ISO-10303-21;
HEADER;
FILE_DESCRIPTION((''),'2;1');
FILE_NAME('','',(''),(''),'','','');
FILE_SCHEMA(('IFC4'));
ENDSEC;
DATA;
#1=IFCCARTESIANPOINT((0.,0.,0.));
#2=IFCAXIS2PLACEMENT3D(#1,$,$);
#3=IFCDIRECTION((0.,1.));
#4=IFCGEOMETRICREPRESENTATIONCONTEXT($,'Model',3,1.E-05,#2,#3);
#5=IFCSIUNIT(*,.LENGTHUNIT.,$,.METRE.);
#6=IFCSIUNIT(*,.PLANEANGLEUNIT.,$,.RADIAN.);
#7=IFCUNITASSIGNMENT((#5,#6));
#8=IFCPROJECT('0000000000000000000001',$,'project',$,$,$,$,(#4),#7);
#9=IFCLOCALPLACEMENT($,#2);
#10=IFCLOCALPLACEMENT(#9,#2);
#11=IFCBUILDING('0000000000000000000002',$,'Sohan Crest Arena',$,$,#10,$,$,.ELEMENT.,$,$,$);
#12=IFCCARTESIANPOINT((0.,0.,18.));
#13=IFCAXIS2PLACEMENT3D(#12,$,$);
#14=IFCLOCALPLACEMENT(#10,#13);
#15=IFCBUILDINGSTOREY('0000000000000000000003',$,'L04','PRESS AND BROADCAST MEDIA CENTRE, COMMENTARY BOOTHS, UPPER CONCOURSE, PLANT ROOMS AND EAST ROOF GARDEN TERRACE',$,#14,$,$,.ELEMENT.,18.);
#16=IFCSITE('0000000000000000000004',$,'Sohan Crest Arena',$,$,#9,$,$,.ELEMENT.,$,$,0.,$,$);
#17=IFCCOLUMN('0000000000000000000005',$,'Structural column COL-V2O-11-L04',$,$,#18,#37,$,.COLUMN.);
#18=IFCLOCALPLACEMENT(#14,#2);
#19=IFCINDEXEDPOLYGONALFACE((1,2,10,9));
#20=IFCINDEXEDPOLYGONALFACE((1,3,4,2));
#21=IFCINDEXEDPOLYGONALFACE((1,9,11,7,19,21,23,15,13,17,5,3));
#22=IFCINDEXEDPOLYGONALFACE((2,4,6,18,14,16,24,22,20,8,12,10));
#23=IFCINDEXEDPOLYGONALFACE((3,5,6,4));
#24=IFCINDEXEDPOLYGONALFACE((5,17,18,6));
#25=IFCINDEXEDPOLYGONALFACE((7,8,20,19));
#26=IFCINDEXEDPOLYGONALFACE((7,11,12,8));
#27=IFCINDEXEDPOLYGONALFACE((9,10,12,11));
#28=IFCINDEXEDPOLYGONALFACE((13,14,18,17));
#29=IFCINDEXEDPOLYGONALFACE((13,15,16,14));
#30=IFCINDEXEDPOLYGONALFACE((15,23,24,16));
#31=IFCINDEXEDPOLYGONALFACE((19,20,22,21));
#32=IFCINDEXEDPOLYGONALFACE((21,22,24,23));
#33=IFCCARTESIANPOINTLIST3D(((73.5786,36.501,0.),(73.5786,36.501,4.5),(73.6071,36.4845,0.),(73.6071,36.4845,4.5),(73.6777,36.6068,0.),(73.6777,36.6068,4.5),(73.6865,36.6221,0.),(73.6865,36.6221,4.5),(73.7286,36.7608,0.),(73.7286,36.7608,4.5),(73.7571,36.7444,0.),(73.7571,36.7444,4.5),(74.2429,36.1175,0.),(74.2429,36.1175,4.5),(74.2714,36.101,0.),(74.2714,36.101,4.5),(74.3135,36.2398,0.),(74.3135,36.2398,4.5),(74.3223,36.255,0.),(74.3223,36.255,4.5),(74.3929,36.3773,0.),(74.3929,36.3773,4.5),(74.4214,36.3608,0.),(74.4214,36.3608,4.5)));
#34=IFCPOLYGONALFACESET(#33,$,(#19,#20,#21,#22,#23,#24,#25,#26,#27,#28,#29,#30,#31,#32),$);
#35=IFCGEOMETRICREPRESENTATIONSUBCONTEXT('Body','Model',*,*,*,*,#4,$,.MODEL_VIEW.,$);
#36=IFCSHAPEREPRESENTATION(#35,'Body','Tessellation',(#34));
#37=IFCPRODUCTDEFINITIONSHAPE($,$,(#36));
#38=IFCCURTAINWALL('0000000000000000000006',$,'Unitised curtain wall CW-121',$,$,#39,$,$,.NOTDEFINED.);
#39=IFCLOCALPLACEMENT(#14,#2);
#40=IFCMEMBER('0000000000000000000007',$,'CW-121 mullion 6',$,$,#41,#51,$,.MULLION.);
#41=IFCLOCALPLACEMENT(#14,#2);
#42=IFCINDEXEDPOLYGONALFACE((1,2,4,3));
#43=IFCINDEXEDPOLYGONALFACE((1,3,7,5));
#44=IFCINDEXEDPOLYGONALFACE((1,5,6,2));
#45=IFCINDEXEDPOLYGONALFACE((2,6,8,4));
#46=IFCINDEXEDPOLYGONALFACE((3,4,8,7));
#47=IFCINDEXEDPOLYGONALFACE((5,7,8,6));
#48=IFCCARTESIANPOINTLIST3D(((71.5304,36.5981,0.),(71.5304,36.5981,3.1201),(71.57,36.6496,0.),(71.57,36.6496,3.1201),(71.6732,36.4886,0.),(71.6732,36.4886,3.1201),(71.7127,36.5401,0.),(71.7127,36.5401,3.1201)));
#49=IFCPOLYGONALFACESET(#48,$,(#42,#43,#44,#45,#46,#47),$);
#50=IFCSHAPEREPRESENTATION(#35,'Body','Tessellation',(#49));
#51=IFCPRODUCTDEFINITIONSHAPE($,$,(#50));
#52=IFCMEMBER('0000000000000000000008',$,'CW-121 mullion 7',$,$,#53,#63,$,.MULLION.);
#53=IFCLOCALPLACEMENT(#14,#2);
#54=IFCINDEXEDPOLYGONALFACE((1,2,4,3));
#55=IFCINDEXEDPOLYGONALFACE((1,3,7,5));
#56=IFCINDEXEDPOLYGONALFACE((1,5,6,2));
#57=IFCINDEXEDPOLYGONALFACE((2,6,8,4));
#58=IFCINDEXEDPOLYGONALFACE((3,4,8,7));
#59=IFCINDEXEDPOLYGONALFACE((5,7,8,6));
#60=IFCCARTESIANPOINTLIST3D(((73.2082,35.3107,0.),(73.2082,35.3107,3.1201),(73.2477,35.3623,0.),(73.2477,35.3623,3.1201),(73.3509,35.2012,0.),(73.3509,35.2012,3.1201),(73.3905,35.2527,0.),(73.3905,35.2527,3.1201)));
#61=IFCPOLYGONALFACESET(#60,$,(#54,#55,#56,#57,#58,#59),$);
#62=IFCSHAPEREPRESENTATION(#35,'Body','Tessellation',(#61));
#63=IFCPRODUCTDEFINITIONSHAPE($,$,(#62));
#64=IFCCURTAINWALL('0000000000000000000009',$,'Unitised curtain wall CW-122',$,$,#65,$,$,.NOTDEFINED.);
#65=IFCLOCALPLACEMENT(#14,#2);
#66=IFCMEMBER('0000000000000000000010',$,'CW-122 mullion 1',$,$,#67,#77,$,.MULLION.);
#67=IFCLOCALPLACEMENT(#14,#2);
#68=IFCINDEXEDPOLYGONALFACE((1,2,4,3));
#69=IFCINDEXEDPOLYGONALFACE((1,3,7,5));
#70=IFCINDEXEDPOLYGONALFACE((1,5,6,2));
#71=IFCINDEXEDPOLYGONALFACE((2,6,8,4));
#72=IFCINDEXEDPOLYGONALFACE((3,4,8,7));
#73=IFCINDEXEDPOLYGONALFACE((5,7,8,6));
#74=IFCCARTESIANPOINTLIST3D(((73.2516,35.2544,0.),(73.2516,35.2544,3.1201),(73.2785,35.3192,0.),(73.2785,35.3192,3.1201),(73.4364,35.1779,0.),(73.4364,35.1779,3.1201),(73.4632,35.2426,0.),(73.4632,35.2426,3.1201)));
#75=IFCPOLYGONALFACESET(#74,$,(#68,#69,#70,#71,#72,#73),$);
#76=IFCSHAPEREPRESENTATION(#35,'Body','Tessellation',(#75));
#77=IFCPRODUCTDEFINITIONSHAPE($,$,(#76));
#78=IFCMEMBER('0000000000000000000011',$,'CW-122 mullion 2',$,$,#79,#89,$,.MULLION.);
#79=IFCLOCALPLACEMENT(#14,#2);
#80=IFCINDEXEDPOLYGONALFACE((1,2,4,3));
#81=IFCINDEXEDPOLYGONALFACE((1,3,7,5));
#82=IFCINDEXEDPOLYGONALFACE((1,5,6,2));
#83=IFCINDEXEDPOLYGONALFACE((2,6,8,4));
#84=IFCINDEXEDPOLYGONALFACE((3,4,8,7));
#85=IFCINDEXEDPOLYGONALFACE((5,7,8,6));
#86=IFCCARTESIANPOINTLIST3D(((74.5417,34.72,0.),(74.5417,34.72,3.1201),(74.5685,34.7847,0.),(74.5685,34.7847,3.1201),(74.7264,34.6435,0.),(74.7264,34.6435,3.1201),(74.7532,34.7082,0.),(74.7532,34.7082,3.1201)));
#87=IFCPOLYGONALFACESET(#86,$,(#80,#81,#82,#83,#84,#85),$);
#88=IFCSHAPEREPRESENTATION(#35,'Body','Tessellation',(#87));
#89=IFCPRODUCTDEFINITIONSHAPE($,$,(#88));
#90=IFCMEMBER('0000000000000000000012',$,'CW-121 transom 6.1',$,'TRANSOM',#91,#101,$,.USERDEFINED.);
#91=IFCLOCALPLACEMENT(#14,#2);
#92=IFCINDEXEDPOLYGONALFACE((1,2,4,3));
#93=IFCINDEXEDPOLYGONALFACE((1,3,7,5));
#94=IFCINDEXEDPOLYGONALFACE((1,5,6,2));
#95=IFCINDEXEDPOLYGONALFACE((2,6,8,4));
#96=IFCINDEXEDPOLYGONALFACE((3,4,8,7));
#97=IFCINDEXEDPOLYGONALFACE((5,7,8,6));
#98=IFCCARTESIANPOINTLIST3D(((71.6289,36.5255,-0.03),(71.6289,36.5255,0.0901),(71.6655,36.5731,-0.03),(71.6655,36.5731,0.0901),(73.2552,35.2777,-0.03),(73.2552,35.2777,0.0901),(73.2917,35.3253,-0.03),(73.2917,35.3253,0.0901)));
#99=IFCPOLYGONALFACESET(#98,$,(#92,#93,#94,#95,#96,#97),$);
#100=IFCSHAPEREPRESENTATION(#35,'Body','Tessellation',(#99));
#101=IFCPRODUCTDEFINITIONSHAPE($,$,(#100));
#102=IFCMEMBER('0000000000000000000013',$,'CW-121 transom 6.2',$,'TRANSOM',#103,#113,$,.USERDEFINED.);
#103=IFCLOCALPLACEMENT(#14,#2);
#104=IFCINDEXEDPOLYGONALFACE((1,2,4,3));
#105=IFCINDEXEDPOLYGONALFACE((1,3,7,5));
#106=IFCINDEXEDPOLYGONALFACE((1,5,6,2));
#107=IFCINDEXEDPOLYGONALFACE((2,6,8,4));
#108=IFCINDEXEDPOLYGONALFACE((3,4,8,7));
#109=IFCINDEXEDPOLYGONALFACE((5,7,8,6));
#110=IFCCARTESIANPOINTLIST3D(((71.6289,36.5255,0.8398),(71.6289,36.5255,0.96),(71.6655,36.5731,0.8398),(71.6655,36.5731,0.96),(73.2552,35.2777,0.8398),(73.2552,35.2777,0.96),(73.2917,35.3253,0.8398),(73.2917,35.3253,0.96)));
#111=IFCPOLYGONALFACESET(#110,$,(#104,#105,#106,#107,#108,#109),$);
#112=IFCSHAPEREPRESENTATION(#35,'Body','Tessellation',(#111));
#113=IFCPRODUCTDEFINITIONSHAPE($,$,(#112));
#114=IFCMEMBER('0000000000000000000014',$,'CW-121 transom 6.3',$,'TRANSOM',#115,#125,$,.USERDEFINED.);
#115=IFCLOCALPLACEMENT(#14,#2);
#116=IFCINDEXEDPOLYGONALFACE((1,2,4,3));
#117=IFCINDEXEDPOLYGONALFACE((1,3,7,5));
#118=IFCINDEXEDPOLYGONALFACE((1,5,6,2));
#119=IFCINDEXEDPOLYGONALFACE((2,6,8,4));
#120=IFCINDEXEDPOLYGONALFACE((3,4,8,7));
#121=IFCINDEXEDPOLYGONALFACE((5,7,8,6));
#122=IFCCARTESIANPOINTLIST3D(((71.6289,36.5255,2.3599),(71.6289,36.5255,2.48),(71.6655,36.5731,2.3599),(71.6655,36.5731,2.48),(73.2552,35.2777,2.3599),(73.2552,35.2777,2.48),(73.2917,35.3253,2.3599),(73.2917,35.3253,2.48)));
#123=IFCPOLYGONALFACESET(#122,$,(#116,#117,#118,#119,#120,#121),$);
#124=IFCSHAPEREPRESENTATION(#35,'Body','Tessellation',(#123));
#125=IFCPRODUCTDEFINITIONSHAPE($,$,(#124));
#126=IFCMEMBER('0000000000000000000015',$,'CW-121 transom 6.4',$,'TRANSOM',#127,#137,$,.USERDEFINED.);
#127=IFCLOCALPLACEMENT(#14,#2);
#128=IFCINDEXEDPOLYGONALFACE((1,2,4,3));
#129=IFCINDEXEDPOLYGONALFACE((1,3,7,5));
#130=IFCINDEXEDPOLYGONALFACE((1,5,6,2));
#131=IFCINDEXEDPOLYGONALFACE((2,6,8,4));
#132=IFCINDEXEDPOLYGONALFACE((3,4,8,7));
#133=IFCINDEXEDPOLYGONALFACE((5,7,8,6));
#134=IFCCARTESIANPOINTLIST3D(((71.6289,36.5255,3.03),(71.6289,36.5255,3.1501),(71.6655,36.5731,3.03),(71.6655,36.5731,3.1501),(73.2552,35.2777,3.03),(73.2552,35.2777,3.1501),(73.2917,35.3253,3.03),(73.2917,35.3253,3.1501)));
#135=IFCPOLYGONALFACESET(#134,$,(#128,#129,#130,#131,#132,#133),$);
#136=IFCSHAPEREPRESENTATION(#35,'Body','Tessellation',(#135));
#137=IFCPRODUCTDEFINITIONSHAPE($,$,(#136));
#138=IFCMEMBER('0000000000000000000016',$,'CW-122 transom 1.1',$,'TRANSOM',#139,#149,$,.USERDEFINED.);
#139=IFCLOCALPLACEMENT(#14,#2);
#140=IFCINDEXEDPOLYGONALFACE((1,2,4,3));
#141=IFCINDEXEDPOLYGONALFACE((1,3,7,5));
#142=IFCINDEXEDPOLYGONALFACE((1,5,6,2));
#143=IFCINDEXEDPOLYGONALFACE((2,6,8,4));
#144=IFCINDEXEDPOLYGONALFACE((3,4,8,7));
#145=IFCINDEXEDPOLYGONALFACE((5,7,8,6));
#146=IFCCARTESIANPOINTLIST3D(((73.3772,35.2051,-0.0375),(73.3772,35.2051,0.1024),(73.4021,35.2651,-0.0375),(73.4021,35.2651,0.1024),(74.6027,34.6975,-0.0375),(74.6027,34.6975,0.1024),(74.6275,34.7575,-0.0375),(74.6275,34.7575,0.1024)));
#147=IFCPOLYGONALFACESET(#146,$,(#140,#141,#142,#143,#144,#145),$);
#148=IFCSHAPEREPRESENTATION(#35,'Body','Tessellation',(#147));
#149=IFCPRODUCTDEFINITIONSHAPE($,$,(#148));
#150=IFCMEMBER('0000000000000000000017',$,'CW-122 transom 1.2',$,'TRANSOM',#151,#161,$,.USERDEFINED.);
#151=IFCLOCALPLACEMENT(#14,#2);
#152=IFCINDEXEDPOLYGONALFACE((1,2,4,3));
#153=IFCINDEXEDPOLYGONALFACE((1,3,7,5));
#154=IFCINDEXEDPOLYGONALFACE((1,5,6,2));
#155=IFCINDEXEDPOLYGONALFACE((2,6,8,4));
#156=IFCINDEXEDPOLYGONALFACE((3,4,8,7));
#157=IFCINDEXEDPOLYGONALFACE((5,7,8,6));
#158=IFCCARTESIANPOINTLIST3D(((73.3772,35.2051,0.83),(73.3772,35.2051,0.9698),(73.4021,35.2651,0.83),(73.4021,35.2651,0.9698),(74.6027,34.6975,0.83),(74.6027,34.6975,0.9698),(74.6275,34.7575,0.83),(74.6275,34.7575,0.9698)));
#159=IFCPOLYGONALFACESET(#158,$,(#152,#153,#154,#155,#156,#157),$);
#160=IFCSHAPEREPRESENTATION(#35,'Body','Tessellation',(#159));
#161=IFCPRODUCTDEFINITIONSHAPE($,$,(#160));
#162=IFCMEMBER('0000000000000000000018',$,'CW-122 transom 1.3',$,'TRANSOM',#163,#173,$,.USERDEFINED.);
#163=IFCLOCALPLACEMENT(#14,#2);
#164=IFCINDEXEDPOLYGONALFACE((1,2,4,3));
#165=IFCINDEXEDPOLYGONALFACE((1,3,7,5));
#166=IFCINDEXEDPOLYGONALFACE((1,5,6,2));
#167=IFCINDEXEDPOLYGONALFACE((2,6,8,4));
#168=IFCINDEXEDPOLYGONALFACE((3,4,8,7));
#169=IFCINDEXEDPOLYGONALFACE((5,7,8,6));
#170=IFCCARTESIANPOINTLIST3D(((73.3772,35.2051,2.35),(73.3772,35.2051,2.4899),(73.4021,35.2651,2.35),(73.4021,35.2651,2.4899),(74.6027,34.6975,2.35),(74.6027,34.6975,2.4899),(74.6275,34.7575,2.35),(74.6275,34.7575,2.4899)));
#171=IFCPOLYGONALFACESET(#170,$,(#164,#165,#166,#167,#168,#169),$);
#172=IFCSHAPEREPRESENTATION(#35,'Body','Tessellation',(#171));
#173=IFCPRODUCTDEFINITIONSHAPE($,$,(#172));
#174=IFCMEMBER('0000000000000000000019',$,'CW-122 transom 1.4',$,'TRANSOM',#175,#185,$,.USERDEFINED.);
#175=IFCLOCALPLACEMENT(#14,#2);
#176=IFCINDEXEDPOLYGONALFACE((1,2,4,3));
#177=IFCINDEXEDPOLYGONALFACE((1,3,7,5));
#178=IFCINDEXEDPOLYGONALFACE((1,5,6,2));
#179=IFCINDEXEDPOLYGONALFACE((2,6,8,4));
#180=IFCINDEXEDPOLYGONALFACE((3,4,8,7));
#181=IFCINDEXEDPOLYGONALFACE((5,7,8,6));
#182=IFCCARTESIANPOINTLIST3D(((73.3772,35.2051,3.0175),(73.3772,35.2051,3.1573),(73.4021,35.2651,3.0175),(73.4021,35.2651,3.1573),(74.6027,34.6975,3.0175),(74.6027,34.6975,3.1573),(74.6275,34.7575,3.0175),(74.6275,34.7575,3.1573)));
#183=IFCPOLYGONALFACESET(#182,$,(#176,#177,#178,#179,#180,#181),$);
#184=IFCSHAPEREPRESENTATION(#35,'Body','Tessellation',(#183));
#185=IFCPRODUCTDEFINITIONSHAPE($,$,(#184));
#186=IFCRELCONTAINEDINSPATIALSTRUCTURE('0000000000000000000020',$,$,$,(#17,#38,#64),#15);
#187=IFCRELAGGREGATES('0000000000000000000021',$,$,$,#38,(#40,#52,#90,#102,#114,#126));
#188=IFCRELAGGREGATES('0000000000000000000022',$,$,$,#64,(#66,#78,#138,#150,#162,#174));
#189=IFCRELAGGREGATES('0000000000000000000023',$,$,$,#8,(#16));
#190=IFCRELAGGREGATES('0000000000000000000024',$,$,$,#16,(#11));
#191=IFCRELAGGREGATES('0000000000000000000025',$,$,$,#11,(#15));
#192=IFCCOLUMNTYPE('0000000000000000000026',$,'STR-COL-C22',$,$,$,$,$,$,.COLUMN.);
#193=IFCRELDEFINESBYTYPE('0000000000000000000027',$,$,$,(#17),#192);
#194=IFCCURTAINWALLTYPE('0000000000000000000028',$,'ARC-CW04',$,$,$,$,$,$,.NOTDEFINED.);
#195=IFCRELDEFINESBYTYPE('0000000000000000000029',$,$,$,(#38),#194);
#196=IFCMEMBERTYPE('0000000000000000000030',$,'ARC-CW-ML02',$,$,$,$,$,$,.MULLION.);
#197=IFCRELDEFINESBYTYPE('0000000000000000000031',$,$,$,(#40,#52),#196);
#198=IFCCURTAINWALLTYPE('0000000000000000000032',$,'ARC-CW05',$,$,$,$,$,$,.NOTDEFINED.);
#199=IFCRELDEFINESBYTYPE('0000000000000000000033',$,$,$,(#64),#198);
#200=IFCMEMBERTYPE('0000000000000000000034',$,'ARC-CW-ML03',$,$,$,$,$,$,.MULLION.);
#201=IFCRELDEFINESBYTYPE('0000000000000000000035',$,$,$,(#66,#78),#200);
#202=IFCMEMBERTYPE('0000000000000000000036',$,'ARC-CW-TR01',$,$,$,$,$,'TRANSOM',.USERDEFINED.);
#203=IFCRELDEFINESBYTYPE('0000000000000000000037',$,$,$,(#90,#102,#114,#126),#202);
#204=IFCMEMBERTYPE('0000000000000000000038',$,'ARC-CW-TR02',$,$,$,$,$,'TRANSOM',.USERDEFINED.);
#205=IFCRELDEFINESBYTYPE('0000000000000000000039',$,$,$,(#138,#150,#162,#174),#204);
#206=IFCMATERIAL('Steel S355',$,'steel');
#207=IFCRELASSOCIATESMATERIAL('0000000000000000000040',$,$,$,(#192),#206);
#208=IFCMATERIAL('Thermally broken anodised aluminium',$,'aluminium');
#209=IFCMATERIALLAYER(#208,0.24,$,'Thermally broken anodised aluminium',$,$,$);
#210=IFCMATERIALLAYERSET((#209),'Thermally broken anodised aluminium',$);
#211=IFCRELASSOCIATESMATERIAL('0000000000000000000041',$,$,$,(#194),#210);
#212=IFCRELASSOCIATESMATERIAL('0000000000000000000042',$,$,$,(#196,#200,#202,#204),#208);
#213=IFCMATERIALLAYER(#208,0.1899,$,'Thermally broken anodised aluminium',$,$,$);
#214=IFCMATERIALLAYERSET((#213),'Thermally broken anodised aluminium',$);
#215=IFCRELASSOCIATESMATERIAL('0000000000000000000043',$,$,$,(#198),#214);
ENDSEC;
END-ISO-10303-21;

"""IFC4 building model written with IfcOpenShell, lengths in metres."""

from ifc_helpers import new_model, si_unit, direction, frame, origin, origin_2d, place, context, subcontext, project, spatial, rectangle, i_section, extrude, material, layer, layer_set, material_profile, profile_set, type_object, element, aggregate, save


model = new_model("IFC4")

# Units and contexts
model_context = context("Model", 3, precision=1e-05, world=origin(), true_north=direction((0.0, 1.0)))
body_context = subcontext(model_context, "Body", "Model", "MODEL_VIEW")
ifc_project = project(units=[si_unit("LENGTHUNIT", "METRE"), si_unit("PLANEANGLEUNIT", "RADIAN")], contexts=[model_context])

# Site, building, storey
site_placement = place(None, origin())
site = spatial("IfcSite", under=ifc_project, at=site_placement, Name="Sohan Crest Arena", CompositionType="ELEMENT", RefElevation=0.0)
building_placement = place(site_placement, origin())
building = spatial("IfcBuilding", under=site, at=building_placement, Name="Sohan Crest Arena", CompositionType="ELEMENT")
storey_placement = place(building_placement, frame((0.0, 0.0, 18.0)))
storey = spatial("IfcBuildingStorey", under=building, at=storey_placement, Name="L04", Description="PRESS AND BROADCAST MEDIA CENTRE, COMMENTARY BOOTHS, UPPER CONCOURSE, PLANT ROOMS AND EAST ROOF GARDEN TERRACE", CompositionType="ELEMENT", Elevation=18.0)

# Column
ifc_material_1 = material(Name="Steel S355", Category="steel")
ifc_material_profile_1 = material_profile(ifc_material_1, i_section(OverallWidth=0.3, OverallDepth=0.8, WebThickness=0.0176, FlangeThickness=0.033, at=origin_2d()), Name="HEB 800")
ifc_profile_set_1 = profile_set([ifc_material_profile_1], Name="Steel S355")
column_type = type_object("IfcColumnType", Name="STR-COL-C22", PredefinedType="COLUMN", material=ifc_profile_set_1)
column_placement = place(storey_placement, frame((74.0, 36.4309, 0.0), z_axis=(0.0, 0.0, 1.0), x_axis=(0.5, 0.866025, 0.0)))
element("IfcColumn", 1, at=column_placement, inside=storey, type_object=column_type, Name="Structural column COL-V2O-11-L04", PredefinedType="COLUMN", context=body_context, shape_type="SweptSolid", body=[
    extrude(i_section(OverallWidth=0.3, OverallDepth=0.8, WebThickness=0.0176, FlangeThickness=0.033, at=origin_2d()), origin(), (0.0, 0.0, 1.0), 4.5),
])

# Curtain walls, members
ifc_material_2 = material(Name="Thermally broken anodised aluminium", Category="aluminium")
ifc_layer_1 = layer(ifc_material_2, 0.24, Name="Thermally broken anodised aluminium")
ifc_layer_set_1 = layer_set([ifc_layer_1], Name="Thermally broken anodised aluminium")
curtain_wall_type_1 = type_object("IfcCurtainWallType", Name="ARC-CW04", PredefinedType="NOTDEFINED", material=ifc_layer_set_1)
curtain_wall_1_placement = place(storey_placement, origin())
curtain_wall_1 = element("IfcCurtainWall", 2, at=curtain_wall_1_placement, inside=storey, type_object=curtain_wall_type_1, Name="Unitised curtain wall CW-121", PredefinedType="NOTDEFINED")
ifc_material_profile_2 = material_profile(ifc_material_2, rectangle(XDim=0.0649, YDim=0.1799, at=origin_2d()), Name="ALU-MULL 65x180")
ifc_profile_set_2 = profile_set([ifc_material_profile_2], Name="Thermally broken anodised aluminium")
member_type_1 = type_object("IfcMemberType", Name="ARC-CW-ML02", PredefinedType="MULLION", material=ifc_profile_set_2)
member_1_placement = place(storey_placement, frame((71.6216, 36.5691, 0.0), z_axis=(0.0, 0.0, 1.0), x_axis=(0.60872, 0.793385, 0.0)))
member_1 = element("IfcMember", 3, at=member_1_placement, type_object=member_type_1, Name="CW-121 mullion 6", PredefinedType="MULLION", context=body_context, shape_type="SweptSolid", body=[
    extrude(rectangle(XDim=0.0649, YDim=0.1799, at=origin_2d()), origin(), (0.0, 0.0, 1.0), 3.1201),
])
member_2_placement = place(storey_placement, frame((73.2993, 35.2817, 0.0), z_axis=(0.0, 0.0, 1.0), x_axis=(0.60872, 0.793385, 0.0)))
member_2 = element("IfcMember", 4, at=member_2_placement, type_object=member_type_1, Name="CW-121 mullion 7", PredefinedType="MULLION", context=body_context, shape_type="SweptSolid", body=[
    extrude(rectangle(XDim=0.0649, YDim=0.1799, at=origin_2d()), origin(), (0.0, 0.0, 1.0), 3.1201),
])
ifc_layer_2 = layer(ifc_material_2, 0.1899, Name="Thermally broken anodised aluminium")
ifc_layer_set_2 = layer_set([ifc_layer_2], Name="Thermally broken anodised aluminium")
curtain_wall_type_2 = type_object("IfcCurtainWallType", Name="ARC-CW05", PredefinedType="NOTDEFINED", material=ifc_layer_set_2)
curtain_wall_2_placement = place(storey_placement, origin())
curtain_wall_2 = element("IfcCurtainWall", 5, at=curtain_wall_2_placement, inside=storey, type_object=curtain_wall_type_2, Name="Unitised curtain wall CW-122", PredefinedType="NOTDEFINED")
ifc_material_profile_3 = material_profile(ifc_material_2, rectangle(XDim=0.0701, YDim=0.2, at=origin_2d()), Name="ALU-MULL 70x200")
ifc_profile_set_3 = profile_set([ifc_material_profile_3], Name="Thermally broken anodised aluminium")
member_type_2 = type_object("IfcMemberType", Name="ARC-CW-ML03", PredefinedType="MULLION", material=ifc_profile_set_3)
member_3_placement = place(storey_placement, frame((73.3574, 35.2485, 0.0), z_axis=(0.0, 0.0, 1.0), x_axis=(0.382685, 0.923879, 0.0)))
member_3 = element("IfcMember", 6, at=member_3_placement, type_object=member_type_2, Name="CW-122 mullion 1", PredefinedType="MULLION", context=body_context, shape_type="SweptSolid", body=[
    extrude(rectangle(XDim=0.0701, YDim=0.2, at=origin_2d()), origin(), (0.0, 0.0, 1.0), 3.1201),
])
member_4_placement = place(storey_placement, frame((74.6475, 34.7141, 0.0), z_axis=(0.0, 0.0, 1.0), x_axis=(0.382685, 0.923879, 0.0)))
member_4 = element("IfcMember", 7, at=member_4_placement, type_object=member_type_2, Name="CW-122 mullion 2", PredefinedType="MULLION", context=body_context, shape_type="SweptSolid", body=[
    extrude(rectangle(XDim=0.0701, YDim=0.2, at=origin_2d()), origin(), (0.0, 0.0, 1.0), 3.1201),
])

# Members
ifc_material_profile_4 = material_profile(ifc_material_2, rectangle(XDim=0.0601, YDim=0.1201, at=origin_2d()), Name="ALU-TRAN 60x120")
ifc_profile_set_4 = profile_set([ifc_material_profile_4], Name="Thermally broken anodised aluminium")
member_type_3 = type_object("IfcMemberType", Name="ARC-CW-TR01", ElementType="TRANSOM", PredefinedType="USERDEFINED", material=ifc_profile_set_4)
member_5_placement = place(storey_placement, frame((71.6472, 36.5493, 0.03), z_axis=(0.793363, -0.608749, 0.0), x_axis=(0.608749, 0.793363, 0.0)))
member_5 = element("IfcMember", 8, at=member_5_placement, type_object=member_type_3, Name="CW-121 transom 6.1", ObjectType="TRANSOM", PredefinedType="USERDEFINED", context=body_context, shape_type="SweptSolid", body=[
    extrude(rectangle(XDim=0.0601, YDim=0.1201, at=origin_2d()), origin(), (0.0, 0.0, 1.0), 2.0498),
])
member_6_placement = place(storey_placement, frame((71.6472, 36.5493, 0.8999), z_axis=(0.793363, -0.608749, 0.0), x_axis=(0.608749, 0.793363, 0.0)))
member_6 = element("IfcMember", 9, at=member_6_placement, type_object=member_type_3, Name="CW-121 transom 6.2", ObjectType="TRANSOM", PredefinedType="USERDEFINED", context=body_context, shape_type="SweptSolid", body=[
    extrude(rectangle(XDim=0.0601, YDim=0.1201, at=origin_2d()), origin(), (0.0, 0.0, 1.0), 2.0498),
])
member_7_placement = place(storey_placement, frame((71.6472, 36.5493, 2.4199), z_axis=(0.793363, -0.608749, 0.0), x_axis=(0.608749, 0.793363, 0.0)))
member_7 = element("IfcMember", 10, at=member_7_placement, type_object=member_type_3, Name="CW-121 transom 6.3", ObjectType="TRANSOM", PredefinedType="USERDEFINED", context=body_context, shape_type="SweptSolid", body=[
    extrude(rectangle(XDim=0.0601, YDim=0.1201, at=origin_2d()), origin(), (0.0, 0.0, 1.0), 2.0498),
])
member_8_placement = place(storey_placement, frame((71.6472, 36.5493, 3.0901), z_axis=(0.793363, -0.608749, 0.0), x_axis=(0.608749, 0.793363, 0.0)))
member_8 = element("IfcMember", 11, at=member_8_placement, type_object=member_type_3, Name="CW-121 transom 6.4", ObjectType="TRANSOM", PredefinedType="USERDEFINED", context=body_context, shape_type="SweptSolid", body=[
    extrude(rectangle(XDim=0.0601, YDim=0.1201, at=origin_2d()), origin(), (0.0, 0.0, 1.0), 2.0498),
])
ifc_material_profile_5 = material_profile(ifc_material_2, rectangle(XDim=0.0649, YDim=0.1399, at=origin_2d()), Name="ALU-TRAN 65x140")
ifc_profile_set_5 = profile_set([ifc_material_profile_5], Name="Thermally broken anodised aluminium")
member_type_4 = type_object("IfcMemberType", Name="ARC-CW-TR02", ElementType="TRANSOM", PredefinedType="USERDEFINED", material=ifc_profile_set_5)
member_9_placement = place(storey_placement, frame((73.3896, 35.2351, 0.0325), z_axis=(0.923875, -0.382693, 0.0), x_axis=(0.382693, 0.923875, 0.0)))
member_9 = element("IfcMember", 12, at=member_9_placement, type_object=member_type_4, Name="CW-122 transom 1.1", ObjectType="TRANSOM", PredefinedType="USERDEFINED", context=body_context, shape_type="SweptSolid", body=[
    extrude(rectangle(XDim=0.0649, YDim=0.1399, at=origin_2d()), origin(), (0.0, 0.0, 1.0), 1.3264),
])
member_10_placement = place(storey_placement, frame((73.3896, 35.2351, 0.8999), z_axis=(0.923875, -0.382693, 0.0), x_axis=(0.382693, 0.923875, 0.0)))
member_10 = element("IfcMember", 13, at=member_10_placement, type_object=member_type_4, Name="CW-122 transom 1.2", ObjectType="TRANSOM", PredefinedType="USERDEFINED", context=body_context, shape_type="SweptSolid", body=[
    extrude(rectangle(XDim=0.0649, YDim=0.1399, at=origin_2d()), origin(), (0.0, 0.0, 1.0), 1.3264),
])
member_11_placement = place(storey_placement, frame((73.3896, 35.2351, 2.4199), z_axis=(0.923875, -0.382693, 0.0), x_axis=(0.382693, 0.923875, 0.0)))
member_11 = element("IfcMember", 14, at=member_11_placement, type_object=member_type_4, Name="CW-122 transom 1.3", ObjectType="TRANSOM", PredefinedType="USERDEFINED", context=body_context, shape_type="SweptSolid", body=[
    extrude(rectangle(XDim=0.0649, YDim=0.1399, at=origin_2d()), origin(), (0.0, 0.0, 1.0), 1.3264),
])
member_12_placement = place(storey_placement, frame((73.3896, 35.2351, 3.0874), z_axis=(0.923875, -0.382693, 0.0), x_axis=(0.382693, 0.923875, 0.0)))
member_12 = element("IfcMember", 15, at=member_12_placement, type_object=member_type_4, Name="CW-122 transom 1.4", ObjectType="TRANSOM", PredefinedType="USERDEFINED", context=body_context, shape_type="SweptSolid", body=[
    extrude(rectangle(XDim=0.0649, YDim=0.1399, at=origin_2d()), origin(), (0.0, 0.0, 1.0), 1.3264),
])

aggregate(curtain_wall_1, [member_1, member_2, member_5, member_6, member_7, member_8])
aggregate(curtain_wall_2, [member_3, member_4, member_9, member_10, member_11, member_12])

save(model, "model.ifc")
